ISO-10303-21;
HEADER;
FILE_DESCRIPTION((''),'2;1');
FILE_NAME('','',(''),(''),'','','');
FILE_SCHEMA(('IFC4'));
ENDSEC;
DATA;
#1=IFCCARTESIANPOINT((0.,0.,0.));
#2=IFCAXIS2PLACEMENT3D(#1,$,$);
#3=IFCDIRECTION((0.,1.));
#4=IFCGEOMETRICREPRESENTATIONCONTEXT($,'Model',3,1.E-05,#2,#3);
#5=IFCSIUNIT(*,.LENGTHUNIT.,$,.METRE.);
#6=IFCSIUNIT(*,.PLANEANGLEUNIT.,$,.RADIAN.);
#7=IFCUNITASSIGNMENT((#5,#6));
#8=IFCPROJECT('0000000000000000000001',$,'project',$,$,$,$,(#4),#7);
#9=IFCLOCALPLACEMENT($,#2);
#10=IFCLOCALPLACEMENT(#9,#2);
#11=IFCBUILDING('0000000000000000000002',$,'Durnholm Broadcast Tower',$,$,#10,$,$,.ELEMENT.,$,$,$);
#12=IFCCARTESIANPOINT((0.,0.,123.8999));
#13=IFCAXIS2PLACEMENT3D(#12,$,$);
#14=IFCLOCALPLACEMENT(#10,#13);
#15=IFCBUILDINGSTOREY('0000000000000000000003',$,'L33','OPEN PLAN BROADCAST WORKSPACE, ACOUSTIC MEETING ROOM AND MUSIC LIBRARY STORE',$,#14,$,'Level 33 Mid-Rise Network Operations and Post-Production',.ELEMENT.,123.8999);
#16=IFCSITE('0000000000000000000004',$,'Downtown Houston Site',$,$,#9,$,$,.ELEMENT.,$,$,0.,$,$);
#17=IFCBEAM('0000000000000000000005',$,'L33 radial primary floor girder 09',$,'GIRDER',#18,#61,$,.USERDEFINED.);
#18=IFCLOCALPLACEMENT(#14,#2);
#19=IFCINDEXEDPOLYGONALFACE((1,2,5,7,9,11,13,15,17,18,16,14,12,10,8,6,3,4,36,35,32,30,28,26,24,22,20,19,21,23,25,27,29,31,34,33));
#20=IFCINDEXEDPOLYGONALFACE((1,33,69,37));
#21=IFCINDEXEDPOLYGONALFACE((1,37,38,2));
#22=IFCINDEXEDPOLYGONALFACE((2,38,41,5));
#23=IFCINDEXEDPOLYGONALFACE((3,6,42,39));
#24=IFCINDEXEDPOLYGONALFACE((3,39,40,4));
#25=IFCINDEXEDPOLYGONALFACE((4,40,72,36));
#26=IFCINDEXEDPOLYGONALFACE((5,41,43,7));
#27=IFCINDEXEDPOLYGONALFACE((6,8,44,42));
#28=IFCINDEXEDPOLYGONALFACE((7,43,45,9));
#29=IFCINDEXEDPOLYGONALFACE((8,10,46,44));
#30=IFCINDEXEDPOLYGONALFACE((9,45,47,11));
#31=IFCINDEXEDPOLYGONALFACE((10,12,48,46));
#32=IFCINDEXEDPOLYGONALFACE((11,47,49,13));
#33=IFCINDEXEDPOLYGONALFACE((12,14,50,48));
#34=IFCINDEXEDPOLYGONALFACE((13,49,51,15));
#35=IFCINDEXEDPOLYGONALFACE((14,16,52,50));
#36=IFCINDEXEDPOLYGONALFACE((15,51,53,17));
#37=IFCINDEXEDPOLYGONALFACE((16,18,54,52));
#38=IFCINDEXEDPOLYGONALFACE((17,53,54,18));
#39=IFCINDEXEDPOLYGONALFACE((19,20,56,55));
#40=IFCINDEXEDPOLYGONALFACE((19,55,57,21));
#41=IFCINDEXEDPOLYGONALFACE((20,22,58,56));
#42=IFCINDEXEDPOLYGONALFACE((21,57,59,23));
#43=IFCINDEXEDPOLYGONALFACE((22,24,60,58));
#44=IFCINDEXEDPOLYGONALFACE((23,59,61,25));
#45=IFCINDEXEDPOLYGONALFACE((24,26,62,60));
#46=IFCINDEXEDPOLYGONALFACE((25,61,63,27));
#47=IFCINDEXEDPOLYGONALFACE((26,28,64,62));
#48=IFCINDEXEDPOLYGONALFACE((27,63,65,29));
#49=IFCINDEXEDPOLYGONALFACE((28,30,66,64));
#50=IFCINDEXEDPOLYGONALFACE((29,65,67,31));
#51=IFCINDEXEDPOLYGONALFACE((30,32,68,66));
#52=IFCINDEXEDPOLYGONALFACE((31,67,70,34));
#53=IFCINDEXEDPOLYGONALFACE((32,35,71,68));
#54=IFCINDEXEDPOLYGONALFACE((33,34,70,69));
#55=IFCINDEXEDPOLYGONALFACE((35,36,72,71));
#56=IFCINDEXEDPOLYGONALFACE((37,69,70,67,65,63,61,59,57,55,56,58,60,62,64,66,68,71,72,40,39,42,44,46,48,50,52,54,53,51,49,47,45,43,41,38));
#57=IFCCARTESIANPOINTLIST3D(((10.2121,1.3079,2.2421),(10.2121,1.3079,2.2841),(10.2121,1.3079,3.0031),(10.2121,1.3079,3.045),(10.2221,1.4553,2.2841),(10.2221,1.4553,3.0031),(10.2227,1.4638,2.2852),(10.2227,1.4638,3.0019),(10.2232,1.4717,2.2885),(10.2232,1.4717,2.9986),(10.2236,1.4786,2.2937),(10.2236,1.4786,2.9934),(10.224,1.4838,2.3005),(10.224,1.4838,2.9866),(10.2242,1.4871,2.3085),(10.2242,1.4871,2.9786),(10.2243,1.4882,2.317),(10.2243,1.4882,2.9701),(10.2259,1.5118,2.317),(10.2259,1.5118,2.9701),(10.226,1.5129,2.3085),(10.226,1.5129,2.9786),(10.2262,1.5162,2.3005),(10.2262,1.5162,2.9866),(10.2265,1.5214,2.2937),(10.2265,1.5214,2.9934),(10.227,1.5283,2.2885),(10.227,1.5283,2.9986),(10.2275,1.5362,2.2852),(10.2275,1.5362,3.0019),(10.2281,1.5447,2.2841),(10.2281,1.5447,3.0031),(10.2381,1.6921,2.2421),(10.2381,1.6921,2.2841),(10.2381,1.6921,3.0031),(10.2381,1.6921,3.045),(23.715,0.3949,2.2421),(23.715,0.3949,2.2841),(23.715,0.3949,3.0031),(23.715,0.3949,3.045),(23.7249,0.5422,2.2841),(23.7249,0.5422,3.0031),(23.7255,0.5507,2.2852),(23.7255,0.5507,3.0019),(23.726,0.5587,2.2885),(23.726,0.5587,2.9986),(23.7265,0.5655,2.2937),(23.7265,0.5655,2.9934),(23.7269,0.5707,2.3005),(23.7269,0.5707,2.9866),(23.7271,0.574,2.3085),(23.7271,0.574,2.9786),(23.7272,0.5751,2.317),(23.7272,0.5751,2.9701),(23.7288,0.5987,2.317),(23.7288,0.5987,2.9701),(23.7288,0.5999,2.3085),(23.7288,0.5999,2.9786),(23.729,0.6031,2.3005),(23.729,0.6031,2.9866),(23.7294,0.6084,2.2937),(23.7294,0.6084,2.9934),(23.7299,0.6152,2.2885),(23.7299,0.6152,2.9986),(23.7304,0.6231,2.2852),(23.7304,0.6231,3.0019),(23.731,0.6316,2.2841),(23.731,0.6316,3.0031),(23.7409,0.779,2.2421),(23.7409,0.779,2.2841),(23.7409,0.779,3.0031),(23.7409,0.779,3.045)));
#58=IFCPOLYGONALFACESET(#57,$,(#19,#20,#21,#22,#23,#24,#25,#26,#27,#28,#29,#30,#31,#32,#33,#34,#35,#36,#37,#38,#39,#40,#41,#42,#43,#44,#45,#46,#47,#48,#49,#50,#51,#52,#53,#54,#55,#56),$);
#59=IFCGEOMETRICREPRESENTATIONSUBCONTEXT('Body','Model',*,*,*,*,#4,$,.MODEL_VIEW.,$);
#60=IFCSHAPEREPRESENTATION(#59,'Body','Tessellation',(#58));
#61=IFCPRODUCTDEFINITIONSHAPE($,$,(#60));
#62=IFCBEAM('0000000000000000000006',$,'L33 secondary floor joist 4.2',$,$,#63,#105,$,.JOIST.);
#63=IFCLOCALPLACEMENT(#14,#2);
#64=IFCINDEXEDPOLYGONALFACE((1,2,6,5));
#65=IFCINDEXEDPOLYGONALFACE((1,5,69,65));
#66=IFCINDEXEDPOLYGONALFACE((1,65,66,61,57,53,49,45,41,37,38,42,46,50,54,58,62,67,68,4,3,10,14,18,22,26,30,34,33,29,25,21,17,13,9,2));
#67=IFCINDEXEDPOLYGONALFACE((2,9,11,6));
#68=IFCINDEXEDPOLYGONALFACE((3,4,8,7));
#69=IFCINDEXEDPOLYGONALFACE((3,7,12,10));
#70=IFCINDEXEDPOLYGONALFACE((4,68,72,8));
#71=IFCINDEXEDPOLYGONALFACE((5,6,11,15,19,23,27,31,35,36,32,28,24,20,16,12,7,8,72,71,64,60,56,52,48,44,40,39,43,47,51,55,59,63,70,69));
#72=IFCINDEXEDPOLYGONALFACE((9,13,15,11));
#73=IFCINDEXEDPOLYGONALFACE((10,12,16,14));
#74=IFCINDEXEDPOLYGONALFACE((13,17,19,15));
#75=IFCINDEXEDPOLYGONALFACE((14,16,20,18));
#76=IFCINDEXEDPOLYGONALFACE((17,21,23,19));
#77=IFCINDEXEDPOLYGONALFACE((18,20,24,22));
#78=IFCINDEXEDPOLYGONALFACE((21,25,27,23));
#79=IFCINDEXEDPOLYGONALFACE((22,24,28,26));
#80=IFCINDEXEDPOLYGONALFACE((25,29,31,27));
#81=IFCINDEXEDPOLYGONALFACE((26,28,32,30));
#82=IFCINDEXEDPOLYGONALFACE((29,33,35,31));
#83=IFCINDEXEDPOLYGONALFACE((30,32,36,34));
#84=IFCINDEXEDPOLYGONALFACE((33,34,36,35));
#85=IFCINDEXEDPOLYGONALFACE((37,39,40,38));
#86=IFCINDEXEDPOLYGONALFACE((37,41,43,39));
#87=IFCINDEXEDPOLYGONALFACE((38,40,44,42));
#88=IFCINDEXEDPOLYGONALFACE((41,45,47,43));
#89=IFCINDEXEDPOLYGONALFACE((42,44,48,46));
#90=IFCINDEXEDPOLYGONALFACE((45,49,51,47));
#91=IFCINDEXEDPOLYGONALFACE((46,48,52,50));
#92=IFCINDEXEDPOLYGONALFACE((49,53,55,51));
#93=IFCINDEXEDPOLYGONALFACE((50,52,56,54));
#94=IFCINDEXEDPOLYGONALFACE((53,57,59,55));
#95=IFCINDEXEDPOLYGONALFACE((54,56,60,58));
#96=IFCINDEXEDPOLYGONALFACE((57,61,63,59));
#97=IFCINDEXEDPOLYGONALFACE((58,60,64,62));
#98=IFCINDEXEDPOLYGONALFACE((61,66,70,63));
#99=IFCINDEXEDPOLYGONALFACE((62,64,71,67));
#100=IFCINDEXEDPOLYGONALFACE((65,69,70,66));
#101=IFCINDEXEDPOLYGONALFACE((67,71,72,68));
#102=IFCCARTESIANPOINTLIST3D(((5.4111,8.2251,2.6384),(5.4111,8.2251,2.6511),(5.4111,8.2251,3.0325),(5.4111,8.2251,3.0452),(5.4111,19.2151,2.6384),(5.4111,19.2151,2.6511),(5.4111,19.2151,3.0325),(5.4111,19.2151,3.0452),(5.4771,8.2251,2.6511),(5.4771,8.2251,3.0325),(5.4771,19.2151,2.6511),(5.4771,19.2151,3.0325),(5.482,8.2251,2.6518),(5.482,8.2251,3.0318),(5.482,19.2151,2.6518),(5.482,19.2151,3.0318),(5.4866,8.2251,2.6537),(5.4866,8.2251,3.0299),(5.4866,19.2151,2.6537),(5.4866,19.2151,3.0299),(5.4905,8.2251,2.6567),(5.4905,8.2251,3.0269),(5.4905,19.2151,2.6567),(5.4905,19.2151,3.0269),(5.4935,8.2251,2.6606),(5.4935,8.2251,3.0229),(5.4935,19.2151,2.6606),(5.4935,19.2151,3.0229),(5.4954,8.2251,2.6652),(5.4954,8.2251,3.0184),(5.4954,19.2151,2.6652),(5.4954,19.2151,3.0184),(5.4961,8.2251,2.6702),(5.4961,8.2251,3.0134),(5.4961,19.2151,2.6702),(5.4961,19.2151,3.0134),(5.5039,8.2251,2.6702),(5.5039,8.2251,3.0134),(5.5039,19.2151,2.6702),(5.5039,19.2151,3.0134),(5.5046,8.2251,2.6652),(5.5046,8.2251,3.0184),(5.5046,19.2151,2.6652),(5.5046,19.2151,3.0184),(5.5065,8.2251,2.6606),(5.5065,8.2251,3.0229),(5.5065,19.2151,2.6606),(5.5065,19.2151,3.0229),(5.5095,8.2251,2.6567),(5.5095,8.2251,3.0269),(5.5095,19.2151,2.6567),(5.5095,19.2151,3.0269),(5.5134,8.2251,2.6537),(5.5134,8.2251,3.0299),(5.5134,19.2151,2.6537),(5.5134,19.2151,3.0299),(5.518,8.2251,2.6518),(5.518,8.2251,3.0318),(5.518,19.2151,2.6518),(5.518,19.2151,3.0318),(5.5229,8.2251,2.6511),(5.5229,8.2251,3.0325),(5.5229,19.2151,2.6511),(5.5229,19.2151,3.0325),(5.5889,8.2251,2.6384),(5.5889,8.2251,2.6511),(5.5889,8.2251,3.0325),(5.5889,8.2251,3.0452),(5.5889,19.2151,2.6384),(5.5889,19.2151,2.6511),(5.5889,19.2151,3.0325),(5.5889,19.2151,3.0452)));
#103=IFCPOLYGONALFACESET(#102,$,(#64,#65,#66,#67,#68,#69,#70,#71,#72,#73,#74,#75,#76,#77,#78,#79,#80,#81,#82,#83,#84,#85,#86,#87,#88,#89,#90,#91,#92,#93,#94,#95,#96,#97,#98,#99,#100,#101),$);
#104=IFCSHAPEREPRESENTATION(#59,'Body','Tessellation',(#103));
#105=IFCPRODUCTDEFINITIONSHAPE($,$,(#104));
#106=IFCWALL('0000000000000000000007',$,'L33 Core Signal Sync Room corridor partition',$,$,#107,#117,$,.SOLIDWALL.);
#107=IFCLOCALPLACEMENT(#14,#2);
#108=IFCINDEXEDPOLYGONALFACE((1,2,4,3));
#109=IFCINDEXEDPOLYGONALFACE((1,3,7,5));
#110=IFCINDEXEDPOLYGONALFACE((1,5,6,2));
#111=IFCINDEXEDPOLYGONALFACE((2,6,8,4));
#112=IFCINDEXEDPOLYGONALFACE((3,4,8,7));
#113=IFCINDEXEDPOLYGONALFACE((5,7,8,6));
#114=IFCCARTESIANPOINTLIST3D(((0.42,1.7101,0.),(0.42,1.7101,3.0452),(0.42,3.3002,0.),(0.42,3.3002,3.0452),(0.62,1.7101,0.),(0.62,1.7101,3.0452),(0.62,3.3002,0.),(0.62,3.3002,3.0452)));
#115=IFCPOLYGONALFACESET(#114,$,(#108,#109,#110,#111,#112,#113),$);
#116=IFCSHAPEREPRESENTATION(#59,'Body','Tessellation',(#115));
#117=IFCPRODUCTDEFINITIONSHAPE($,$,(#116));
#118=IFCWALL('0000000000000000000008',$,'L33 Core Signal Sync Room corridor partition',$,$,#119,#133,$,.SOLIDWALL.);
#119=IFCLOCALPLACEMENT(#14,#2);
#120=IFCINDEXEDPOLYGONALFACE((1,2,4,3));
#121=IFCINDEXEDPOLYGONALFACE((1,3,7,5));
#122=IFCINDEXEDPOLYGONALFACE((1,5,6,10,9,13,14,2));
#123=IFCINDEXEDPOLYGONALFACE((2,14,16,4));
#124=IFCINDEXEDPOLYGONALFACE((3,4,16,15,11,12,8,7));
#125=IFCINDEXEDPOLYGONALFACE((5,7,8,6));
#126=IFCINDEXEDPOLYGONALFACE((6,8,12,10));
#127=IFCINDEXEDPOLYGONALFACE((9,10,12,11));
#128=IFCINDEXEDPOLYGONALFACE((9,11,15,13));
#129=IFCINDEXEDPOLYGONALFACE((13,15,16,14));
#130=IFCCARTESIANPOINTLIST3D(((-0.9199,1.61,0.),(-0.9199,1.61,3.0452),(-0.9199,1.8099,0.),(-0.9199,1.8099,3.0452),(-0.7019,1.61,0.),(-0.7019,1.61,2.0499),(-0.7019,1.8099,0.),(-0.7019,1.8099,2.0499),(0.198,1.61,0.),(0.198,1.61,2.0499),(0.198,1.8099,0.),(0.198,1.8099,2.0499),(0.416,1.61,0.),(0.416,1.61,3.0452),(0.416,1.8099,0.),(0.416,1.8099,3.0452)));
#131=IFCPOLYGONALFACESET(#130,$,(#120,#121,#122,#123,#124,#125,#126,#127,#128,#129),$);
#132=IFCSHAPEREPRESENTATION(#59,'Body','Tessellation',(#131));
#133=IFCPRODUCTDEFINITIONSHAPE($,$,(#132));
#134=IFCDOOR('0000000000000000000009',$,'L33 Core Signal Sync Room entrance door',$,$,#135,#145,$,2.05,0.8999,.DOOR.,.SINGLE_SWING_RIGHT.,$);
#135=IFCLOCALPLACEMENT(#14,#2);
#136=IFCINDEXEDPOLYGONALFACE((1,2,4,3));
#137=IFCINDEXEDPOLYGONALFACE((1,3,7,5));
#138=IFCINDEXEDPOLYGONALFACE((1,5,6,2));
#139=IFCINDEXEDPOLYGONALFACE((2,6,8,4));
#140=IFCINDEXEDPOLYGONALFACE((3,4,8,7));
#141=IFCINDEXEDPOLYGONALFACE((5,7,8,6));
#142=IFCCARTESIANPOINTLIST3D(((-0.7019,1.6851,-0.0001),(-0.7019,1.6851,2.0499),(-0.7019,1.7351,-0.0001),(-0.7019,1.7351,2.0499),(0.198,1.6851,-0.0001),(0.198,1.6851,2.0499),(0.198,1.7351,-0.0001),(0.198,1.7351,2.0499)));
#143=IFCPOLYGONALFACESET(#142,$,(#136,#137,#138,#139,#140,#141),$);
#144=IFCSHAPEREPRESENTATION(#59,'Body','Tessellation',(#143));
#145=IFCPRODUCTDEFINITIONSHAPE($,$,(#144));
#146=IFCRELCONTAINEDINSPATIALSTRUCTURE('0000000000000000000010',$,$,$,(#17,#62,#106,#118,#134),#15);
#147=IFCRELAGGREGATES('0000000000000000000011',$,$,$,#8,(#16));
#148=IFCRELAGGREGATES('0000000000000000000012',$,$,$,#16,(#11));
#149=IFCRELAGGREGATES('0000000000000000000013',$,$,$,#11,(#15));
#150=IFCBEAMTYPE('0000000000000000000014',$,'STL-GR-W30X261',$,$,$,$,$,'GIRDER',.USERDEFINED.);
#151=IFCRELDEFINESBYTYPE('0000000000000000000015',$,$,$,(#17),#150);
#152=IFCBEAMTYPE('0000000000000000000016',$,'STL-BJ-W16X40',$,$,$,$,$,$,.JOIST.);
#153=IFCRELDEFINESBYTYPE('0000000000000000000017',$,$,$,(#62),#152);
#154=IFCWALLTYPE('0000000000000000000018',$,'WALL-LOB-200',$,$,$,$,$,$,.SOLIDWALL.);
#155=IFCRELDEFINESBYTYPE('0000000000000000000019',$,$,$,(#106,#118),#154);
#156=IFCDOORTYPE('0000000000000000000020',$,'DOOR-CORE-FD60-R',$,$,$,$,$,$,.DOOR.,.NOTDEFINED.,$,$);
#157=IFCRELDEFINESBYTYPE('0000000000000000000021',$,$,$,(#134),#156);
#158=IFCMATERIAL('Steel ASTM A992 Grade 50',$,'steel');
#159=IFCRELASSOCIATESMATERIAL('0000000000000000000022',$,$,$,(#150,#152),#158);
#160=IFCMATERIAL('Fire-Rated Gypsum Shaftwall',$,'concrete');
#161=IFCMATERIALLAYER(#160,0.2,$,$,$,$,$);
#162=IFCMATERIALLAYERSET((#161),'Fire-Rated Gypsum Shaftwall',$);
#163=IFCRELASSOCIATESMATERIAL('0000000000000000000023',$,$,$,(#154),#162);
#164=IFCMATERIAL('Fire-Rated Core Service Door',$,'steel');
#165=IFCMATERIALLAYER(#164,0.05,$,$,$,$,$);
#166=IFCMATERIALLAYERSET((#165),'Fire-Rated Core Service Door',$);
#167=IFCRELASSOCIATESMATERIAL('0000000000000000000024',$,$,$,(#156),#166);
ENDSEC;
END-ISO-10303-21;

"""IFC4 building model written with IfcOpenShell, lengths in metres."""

from ifc_helpers import new_model, si_unit, direction, frame, frame_2d, origin, origin_2d, place, context, subcontext, project, spatial, rectangle, i_section, extrude, source, transform, mapped, material, layer, layer_set, material_profile, profile_set, type_object, type_shapes, element, fill, save


model = new_model("IFC4")

# Units and contexts
model_context = context("Model", 3, precision=1e-05, world=origin(), true_north=direction((0.0, 1.0)))
body_context = subcontext(model_context, "Body", "Model", "MODEL_VIEW")
ifc_project = project(units=[si_unit("LENGTHUNIT", "METRE"), si_unit("PLANEANGLEUNIT", "RADIAN")], contexts=[model_context])

# Site, building, storey
site_placement = place(None, origin())
site = spatial("IfcSite", under=ifc_project, at=site_placement, Name="Downtown Houston Site", CompositionType="ELEMENT", RefElevation=0.0)
building_placement = place(site_placement, origin())
building = spatial("IfcBuilding", under=site, at=building_placement, Name="Durnholm Broadcast Tower", CompositionType="ELEMENT")
storey_placement = place(building_placement, frame((0.0, 0.0, 123.8999)))
storey = spatial("IfcBuildingStorey", under=building, at=storey_placement, Name="L33", Description="OPEN PLAN BROADCAST WORKSPACE, ACOUSTIC MEETING ROOM AND MUSIC LIBRARY STORE", LongName="Level 33 Mid-Rise Network Operations and Post-Production", CompositionType="ELEMENT", Elevation=123.8999)

# Beams
ifc_material_1 = material(Name="Steel ASTM A992 Grade 50", Category="steel")
ifc_material_profile_1 = material_profile(ifc_material_1, i_section(OverallWidth=0.385, OverallDepth=0.803, WebThickness=0.0237, FlangeThickness=0.042, FilletRadius=0.033, at=origin_2d()), Name="W30X261")
ifc_profile_set_1 = profile_set([ifc_material_profile_1], Name="Steel ASTM A992 Grade 50")
beam_type_1 = type_object("IfcBeamType", Name="STL-GR-W30X261", ElementType="GIRDER", PredefinedType="USERDEFINED", material=ifc_profile_set_1)
shared_shape_1 = source(origin(), body_context, "Body", "SweptSolid", [
    extrude(i_section(OverallWidth=0.385, OverallDepth=0.803, WebThickness=0.0237, FlangeThickness=0.042, FilletRadius=0.033, at=origin_2d()), origin(), (0.0, 0.0, 1.0), 13.5337),
])
beam_1_placement = place(storey_placement, frame((10.2251, 1.5, 2.6436), z_axis=(0.997721, -0.067467, 0.0), x_axis=(0.067467, 0.997721, 0.0)))
element("IfcBeam", 1, at=beam_1_placement, inside=storey, type_object=beam_type_1, Name="L33 radial primary floor girder 09", ObjectType="GIRDER", PredefinedType="USERDEFINED", context=body_context, shape_type="MappedRepresentation", body=[
    mapped(shared_shape_1, transform((0.0, 0.0, 0.0), x_axis=(1.0, 0.0, 0.0), y_axis=(0.0, 1.0, 0.0), z_axis=(0.0, 0.0, 1.0), scale=1.0)),
])
ifc_material_profile_2 = material_profile(ifc_material_1, i_section(OverallWidth=0.1777, OverallDepth=0.4067, WebThickness=0.0078, FlangeThickness=0.0127, FilletRadius=0.019, at=origin_2d()), Name="W16X40")
ifc_profile_set_2 = profile_set([ifc_material_profile_2], Name="Steel ASTM A992 Grade 50")
beam_type_2 = type_object("IfcBeamType", Name="STL-BJ-W16X40", PredefinedType="JOIST", material=ifc_profile_set_2)
shared_shape_2 = source(origin(), body_context, "Body", "SweptSolid", [
    extrude(i_section(OverallWidth=0.1777, OverallDepth=0.4067, WebThickness=0.0078, FlangeThickness=0.0127, FilletRadius=0.019, at=origin_2d()), origin(), (0.0, 0.0, 1.0), 10.99),
])
type_shapes(beam_type_2, [shared_shape_2])
beam_2_placement = place(storey_placement, frame((5.5, 8.2251, 2.8418), z_axis=(0.0, 1.0, 0.0), x_axis=(-1.0, 0.0, 0.0)))
element("IfcBeam", 2, at=beam_2_placement, inside=storey, type_object=beam_type_2, Name="L33 secondary floor joist 4.2", PredefinedType="JOIST", context=body_context, shape_type="MappedRepresentation", body=[
    mapped(shared_shape_2, transform((0.0, 0.0, 0.0), x_axis=(1.0, 0.0, 0.0), y_axis=(0.0, 1.0, 0.0), z_axis=(0.0, 0.0, 1.0), scale=1.0)),
])

# Wall
ifc_material_2 = material(Name="Fire-Rated Gypsum Shaftwall", Category="concrete")
ifc_layer_1 = layer(ifc_material_2, 0.2)
ifc_layer_set_1 = layer_set([ifc_layer_1], Name="Fire-Rated Gypsum Shaftwall")
wall_type_1 = type_object("IfcWallType", Name="WALL-LOB-200", PredefinedType="SOLIDWALL", material=ifc_layer_set_1)
wall_1_placement = place(storey_placement, frame((0.52, 3.3, 0.0), z_axis=(0.0, 0.0, 1.0), x_axis=(0.0, -1.0, 0.0)))
element("IfcWall", 3, at=wall_1_placement, inside=storey, type_object=wall_type_1, Name="L33 Core Signal Sync Room corridor partition", PredefinedType="SOLIDWALL", context=body_context, shape_type="SweptSolid", body=[
    extrude(rectangle(XDim=1.5901, YDim=0.2, at=frame_2d((0.7949, 0.0))), origin(), (0.0, 0.0, 1.0), 3.0452),
])

# Wall, opening, door
wall_2_placement = place(storey_placement, frame((0.416, 1.71, 0.0), z_axis=(0.0, 0.0, 1.0), x_axis=(-1.0, 0.0, 0.0)))
wall_2 = element("IfcWall", 4, at=wall_2_placement, inside=storey, type_object=wall_type_1, Name="L33 Core Signal Sync Room corridor partition", PredefinedType="SOLIDWALL", context=body_context, shape_type="SweptSolid", body=[
    extrude(rectangle(XDim=1.3359, YDim=0.2, at=frame_2d((0.668, 0.0))), origin(), (0.0, 0.0, 1.0), 3.0452),
])
opening_1_placement = place(wall_2_placement, frame((0.218, 0.0, 0.0)))
opening_1 = element("IfcOpeningElement", 5, at=opening_1_placement, cuts=wall_2, PredefinedType="OPENING", context=body_context, shape_type="SweptSolid", body=[
    extrude(rectangle(XDim=0.8999, YDim=2.05, at=frame_2d((0.45, 1.0249))), frame((0.0, 0.1099, 0.0), z_axis=(0.0, -1.0, 0.0), x_axis=(1.0, 0.0, 0.0)), (0.0, 0.0, 1.0), 0.22),
])
ifc_material_3 = material(Name="Fire-Rated Core Service Door", Category="steel")
ifc_layer_2 = layer(ifc_material_3, 0.05)
ifc_layer_set_2 = layer_set([ifc_layer_2], Name="Fire-Rated Core Service Door")
door_type_1 = type_object("IfcDoorType", Name="DOOR-CORE-FD60-R", OperationType="NOTDEFINED", PredefinedType="DOOR", material=ifc_layer_set_2)
shared_shape_3 = source(origin(), body_context, "Body", "SweptSolid", [
    extrude(rectangle(XDim=0.8999, YDim=2.05, at=frame_2d((0.45, 1.0249))), frame((0.0, 0.0249, 0.0), z_axis=(0.0, -1.0, 0.0), x_axis=(1.0, 0.0, 0.0)), (0.0, 0.0, 1.0), 0.05),
])
type_shapes(door_type_1, [shared_shape_3])
door_1_placement = place(opening_1_placement, origin())
door_1 = element("IfcDoor", 6, at=door_1_placement, inside=storey, type_object=door_type_1, Name="L33 Core Signal Sync Room entrance door", OperationType="SINGLE_SWING_RIGHT", OverallHeight=2.05, OverallWidth=0.8999, PredefinedType="DOOR", context=body_context, shape_type="MappedRepresentation", body=[
    mapped(shared_shape_3, transform((0.0, 0.0, 0.0), x_axis=(1.0, 0.0, 0.0), y_axis=(0.0, 1.0, 0.0), z_axis=(0.0, 0.0, 1.0), scale=1.0)),
])
fill(opening_1, door_1)

save(model, "model.ifc")
